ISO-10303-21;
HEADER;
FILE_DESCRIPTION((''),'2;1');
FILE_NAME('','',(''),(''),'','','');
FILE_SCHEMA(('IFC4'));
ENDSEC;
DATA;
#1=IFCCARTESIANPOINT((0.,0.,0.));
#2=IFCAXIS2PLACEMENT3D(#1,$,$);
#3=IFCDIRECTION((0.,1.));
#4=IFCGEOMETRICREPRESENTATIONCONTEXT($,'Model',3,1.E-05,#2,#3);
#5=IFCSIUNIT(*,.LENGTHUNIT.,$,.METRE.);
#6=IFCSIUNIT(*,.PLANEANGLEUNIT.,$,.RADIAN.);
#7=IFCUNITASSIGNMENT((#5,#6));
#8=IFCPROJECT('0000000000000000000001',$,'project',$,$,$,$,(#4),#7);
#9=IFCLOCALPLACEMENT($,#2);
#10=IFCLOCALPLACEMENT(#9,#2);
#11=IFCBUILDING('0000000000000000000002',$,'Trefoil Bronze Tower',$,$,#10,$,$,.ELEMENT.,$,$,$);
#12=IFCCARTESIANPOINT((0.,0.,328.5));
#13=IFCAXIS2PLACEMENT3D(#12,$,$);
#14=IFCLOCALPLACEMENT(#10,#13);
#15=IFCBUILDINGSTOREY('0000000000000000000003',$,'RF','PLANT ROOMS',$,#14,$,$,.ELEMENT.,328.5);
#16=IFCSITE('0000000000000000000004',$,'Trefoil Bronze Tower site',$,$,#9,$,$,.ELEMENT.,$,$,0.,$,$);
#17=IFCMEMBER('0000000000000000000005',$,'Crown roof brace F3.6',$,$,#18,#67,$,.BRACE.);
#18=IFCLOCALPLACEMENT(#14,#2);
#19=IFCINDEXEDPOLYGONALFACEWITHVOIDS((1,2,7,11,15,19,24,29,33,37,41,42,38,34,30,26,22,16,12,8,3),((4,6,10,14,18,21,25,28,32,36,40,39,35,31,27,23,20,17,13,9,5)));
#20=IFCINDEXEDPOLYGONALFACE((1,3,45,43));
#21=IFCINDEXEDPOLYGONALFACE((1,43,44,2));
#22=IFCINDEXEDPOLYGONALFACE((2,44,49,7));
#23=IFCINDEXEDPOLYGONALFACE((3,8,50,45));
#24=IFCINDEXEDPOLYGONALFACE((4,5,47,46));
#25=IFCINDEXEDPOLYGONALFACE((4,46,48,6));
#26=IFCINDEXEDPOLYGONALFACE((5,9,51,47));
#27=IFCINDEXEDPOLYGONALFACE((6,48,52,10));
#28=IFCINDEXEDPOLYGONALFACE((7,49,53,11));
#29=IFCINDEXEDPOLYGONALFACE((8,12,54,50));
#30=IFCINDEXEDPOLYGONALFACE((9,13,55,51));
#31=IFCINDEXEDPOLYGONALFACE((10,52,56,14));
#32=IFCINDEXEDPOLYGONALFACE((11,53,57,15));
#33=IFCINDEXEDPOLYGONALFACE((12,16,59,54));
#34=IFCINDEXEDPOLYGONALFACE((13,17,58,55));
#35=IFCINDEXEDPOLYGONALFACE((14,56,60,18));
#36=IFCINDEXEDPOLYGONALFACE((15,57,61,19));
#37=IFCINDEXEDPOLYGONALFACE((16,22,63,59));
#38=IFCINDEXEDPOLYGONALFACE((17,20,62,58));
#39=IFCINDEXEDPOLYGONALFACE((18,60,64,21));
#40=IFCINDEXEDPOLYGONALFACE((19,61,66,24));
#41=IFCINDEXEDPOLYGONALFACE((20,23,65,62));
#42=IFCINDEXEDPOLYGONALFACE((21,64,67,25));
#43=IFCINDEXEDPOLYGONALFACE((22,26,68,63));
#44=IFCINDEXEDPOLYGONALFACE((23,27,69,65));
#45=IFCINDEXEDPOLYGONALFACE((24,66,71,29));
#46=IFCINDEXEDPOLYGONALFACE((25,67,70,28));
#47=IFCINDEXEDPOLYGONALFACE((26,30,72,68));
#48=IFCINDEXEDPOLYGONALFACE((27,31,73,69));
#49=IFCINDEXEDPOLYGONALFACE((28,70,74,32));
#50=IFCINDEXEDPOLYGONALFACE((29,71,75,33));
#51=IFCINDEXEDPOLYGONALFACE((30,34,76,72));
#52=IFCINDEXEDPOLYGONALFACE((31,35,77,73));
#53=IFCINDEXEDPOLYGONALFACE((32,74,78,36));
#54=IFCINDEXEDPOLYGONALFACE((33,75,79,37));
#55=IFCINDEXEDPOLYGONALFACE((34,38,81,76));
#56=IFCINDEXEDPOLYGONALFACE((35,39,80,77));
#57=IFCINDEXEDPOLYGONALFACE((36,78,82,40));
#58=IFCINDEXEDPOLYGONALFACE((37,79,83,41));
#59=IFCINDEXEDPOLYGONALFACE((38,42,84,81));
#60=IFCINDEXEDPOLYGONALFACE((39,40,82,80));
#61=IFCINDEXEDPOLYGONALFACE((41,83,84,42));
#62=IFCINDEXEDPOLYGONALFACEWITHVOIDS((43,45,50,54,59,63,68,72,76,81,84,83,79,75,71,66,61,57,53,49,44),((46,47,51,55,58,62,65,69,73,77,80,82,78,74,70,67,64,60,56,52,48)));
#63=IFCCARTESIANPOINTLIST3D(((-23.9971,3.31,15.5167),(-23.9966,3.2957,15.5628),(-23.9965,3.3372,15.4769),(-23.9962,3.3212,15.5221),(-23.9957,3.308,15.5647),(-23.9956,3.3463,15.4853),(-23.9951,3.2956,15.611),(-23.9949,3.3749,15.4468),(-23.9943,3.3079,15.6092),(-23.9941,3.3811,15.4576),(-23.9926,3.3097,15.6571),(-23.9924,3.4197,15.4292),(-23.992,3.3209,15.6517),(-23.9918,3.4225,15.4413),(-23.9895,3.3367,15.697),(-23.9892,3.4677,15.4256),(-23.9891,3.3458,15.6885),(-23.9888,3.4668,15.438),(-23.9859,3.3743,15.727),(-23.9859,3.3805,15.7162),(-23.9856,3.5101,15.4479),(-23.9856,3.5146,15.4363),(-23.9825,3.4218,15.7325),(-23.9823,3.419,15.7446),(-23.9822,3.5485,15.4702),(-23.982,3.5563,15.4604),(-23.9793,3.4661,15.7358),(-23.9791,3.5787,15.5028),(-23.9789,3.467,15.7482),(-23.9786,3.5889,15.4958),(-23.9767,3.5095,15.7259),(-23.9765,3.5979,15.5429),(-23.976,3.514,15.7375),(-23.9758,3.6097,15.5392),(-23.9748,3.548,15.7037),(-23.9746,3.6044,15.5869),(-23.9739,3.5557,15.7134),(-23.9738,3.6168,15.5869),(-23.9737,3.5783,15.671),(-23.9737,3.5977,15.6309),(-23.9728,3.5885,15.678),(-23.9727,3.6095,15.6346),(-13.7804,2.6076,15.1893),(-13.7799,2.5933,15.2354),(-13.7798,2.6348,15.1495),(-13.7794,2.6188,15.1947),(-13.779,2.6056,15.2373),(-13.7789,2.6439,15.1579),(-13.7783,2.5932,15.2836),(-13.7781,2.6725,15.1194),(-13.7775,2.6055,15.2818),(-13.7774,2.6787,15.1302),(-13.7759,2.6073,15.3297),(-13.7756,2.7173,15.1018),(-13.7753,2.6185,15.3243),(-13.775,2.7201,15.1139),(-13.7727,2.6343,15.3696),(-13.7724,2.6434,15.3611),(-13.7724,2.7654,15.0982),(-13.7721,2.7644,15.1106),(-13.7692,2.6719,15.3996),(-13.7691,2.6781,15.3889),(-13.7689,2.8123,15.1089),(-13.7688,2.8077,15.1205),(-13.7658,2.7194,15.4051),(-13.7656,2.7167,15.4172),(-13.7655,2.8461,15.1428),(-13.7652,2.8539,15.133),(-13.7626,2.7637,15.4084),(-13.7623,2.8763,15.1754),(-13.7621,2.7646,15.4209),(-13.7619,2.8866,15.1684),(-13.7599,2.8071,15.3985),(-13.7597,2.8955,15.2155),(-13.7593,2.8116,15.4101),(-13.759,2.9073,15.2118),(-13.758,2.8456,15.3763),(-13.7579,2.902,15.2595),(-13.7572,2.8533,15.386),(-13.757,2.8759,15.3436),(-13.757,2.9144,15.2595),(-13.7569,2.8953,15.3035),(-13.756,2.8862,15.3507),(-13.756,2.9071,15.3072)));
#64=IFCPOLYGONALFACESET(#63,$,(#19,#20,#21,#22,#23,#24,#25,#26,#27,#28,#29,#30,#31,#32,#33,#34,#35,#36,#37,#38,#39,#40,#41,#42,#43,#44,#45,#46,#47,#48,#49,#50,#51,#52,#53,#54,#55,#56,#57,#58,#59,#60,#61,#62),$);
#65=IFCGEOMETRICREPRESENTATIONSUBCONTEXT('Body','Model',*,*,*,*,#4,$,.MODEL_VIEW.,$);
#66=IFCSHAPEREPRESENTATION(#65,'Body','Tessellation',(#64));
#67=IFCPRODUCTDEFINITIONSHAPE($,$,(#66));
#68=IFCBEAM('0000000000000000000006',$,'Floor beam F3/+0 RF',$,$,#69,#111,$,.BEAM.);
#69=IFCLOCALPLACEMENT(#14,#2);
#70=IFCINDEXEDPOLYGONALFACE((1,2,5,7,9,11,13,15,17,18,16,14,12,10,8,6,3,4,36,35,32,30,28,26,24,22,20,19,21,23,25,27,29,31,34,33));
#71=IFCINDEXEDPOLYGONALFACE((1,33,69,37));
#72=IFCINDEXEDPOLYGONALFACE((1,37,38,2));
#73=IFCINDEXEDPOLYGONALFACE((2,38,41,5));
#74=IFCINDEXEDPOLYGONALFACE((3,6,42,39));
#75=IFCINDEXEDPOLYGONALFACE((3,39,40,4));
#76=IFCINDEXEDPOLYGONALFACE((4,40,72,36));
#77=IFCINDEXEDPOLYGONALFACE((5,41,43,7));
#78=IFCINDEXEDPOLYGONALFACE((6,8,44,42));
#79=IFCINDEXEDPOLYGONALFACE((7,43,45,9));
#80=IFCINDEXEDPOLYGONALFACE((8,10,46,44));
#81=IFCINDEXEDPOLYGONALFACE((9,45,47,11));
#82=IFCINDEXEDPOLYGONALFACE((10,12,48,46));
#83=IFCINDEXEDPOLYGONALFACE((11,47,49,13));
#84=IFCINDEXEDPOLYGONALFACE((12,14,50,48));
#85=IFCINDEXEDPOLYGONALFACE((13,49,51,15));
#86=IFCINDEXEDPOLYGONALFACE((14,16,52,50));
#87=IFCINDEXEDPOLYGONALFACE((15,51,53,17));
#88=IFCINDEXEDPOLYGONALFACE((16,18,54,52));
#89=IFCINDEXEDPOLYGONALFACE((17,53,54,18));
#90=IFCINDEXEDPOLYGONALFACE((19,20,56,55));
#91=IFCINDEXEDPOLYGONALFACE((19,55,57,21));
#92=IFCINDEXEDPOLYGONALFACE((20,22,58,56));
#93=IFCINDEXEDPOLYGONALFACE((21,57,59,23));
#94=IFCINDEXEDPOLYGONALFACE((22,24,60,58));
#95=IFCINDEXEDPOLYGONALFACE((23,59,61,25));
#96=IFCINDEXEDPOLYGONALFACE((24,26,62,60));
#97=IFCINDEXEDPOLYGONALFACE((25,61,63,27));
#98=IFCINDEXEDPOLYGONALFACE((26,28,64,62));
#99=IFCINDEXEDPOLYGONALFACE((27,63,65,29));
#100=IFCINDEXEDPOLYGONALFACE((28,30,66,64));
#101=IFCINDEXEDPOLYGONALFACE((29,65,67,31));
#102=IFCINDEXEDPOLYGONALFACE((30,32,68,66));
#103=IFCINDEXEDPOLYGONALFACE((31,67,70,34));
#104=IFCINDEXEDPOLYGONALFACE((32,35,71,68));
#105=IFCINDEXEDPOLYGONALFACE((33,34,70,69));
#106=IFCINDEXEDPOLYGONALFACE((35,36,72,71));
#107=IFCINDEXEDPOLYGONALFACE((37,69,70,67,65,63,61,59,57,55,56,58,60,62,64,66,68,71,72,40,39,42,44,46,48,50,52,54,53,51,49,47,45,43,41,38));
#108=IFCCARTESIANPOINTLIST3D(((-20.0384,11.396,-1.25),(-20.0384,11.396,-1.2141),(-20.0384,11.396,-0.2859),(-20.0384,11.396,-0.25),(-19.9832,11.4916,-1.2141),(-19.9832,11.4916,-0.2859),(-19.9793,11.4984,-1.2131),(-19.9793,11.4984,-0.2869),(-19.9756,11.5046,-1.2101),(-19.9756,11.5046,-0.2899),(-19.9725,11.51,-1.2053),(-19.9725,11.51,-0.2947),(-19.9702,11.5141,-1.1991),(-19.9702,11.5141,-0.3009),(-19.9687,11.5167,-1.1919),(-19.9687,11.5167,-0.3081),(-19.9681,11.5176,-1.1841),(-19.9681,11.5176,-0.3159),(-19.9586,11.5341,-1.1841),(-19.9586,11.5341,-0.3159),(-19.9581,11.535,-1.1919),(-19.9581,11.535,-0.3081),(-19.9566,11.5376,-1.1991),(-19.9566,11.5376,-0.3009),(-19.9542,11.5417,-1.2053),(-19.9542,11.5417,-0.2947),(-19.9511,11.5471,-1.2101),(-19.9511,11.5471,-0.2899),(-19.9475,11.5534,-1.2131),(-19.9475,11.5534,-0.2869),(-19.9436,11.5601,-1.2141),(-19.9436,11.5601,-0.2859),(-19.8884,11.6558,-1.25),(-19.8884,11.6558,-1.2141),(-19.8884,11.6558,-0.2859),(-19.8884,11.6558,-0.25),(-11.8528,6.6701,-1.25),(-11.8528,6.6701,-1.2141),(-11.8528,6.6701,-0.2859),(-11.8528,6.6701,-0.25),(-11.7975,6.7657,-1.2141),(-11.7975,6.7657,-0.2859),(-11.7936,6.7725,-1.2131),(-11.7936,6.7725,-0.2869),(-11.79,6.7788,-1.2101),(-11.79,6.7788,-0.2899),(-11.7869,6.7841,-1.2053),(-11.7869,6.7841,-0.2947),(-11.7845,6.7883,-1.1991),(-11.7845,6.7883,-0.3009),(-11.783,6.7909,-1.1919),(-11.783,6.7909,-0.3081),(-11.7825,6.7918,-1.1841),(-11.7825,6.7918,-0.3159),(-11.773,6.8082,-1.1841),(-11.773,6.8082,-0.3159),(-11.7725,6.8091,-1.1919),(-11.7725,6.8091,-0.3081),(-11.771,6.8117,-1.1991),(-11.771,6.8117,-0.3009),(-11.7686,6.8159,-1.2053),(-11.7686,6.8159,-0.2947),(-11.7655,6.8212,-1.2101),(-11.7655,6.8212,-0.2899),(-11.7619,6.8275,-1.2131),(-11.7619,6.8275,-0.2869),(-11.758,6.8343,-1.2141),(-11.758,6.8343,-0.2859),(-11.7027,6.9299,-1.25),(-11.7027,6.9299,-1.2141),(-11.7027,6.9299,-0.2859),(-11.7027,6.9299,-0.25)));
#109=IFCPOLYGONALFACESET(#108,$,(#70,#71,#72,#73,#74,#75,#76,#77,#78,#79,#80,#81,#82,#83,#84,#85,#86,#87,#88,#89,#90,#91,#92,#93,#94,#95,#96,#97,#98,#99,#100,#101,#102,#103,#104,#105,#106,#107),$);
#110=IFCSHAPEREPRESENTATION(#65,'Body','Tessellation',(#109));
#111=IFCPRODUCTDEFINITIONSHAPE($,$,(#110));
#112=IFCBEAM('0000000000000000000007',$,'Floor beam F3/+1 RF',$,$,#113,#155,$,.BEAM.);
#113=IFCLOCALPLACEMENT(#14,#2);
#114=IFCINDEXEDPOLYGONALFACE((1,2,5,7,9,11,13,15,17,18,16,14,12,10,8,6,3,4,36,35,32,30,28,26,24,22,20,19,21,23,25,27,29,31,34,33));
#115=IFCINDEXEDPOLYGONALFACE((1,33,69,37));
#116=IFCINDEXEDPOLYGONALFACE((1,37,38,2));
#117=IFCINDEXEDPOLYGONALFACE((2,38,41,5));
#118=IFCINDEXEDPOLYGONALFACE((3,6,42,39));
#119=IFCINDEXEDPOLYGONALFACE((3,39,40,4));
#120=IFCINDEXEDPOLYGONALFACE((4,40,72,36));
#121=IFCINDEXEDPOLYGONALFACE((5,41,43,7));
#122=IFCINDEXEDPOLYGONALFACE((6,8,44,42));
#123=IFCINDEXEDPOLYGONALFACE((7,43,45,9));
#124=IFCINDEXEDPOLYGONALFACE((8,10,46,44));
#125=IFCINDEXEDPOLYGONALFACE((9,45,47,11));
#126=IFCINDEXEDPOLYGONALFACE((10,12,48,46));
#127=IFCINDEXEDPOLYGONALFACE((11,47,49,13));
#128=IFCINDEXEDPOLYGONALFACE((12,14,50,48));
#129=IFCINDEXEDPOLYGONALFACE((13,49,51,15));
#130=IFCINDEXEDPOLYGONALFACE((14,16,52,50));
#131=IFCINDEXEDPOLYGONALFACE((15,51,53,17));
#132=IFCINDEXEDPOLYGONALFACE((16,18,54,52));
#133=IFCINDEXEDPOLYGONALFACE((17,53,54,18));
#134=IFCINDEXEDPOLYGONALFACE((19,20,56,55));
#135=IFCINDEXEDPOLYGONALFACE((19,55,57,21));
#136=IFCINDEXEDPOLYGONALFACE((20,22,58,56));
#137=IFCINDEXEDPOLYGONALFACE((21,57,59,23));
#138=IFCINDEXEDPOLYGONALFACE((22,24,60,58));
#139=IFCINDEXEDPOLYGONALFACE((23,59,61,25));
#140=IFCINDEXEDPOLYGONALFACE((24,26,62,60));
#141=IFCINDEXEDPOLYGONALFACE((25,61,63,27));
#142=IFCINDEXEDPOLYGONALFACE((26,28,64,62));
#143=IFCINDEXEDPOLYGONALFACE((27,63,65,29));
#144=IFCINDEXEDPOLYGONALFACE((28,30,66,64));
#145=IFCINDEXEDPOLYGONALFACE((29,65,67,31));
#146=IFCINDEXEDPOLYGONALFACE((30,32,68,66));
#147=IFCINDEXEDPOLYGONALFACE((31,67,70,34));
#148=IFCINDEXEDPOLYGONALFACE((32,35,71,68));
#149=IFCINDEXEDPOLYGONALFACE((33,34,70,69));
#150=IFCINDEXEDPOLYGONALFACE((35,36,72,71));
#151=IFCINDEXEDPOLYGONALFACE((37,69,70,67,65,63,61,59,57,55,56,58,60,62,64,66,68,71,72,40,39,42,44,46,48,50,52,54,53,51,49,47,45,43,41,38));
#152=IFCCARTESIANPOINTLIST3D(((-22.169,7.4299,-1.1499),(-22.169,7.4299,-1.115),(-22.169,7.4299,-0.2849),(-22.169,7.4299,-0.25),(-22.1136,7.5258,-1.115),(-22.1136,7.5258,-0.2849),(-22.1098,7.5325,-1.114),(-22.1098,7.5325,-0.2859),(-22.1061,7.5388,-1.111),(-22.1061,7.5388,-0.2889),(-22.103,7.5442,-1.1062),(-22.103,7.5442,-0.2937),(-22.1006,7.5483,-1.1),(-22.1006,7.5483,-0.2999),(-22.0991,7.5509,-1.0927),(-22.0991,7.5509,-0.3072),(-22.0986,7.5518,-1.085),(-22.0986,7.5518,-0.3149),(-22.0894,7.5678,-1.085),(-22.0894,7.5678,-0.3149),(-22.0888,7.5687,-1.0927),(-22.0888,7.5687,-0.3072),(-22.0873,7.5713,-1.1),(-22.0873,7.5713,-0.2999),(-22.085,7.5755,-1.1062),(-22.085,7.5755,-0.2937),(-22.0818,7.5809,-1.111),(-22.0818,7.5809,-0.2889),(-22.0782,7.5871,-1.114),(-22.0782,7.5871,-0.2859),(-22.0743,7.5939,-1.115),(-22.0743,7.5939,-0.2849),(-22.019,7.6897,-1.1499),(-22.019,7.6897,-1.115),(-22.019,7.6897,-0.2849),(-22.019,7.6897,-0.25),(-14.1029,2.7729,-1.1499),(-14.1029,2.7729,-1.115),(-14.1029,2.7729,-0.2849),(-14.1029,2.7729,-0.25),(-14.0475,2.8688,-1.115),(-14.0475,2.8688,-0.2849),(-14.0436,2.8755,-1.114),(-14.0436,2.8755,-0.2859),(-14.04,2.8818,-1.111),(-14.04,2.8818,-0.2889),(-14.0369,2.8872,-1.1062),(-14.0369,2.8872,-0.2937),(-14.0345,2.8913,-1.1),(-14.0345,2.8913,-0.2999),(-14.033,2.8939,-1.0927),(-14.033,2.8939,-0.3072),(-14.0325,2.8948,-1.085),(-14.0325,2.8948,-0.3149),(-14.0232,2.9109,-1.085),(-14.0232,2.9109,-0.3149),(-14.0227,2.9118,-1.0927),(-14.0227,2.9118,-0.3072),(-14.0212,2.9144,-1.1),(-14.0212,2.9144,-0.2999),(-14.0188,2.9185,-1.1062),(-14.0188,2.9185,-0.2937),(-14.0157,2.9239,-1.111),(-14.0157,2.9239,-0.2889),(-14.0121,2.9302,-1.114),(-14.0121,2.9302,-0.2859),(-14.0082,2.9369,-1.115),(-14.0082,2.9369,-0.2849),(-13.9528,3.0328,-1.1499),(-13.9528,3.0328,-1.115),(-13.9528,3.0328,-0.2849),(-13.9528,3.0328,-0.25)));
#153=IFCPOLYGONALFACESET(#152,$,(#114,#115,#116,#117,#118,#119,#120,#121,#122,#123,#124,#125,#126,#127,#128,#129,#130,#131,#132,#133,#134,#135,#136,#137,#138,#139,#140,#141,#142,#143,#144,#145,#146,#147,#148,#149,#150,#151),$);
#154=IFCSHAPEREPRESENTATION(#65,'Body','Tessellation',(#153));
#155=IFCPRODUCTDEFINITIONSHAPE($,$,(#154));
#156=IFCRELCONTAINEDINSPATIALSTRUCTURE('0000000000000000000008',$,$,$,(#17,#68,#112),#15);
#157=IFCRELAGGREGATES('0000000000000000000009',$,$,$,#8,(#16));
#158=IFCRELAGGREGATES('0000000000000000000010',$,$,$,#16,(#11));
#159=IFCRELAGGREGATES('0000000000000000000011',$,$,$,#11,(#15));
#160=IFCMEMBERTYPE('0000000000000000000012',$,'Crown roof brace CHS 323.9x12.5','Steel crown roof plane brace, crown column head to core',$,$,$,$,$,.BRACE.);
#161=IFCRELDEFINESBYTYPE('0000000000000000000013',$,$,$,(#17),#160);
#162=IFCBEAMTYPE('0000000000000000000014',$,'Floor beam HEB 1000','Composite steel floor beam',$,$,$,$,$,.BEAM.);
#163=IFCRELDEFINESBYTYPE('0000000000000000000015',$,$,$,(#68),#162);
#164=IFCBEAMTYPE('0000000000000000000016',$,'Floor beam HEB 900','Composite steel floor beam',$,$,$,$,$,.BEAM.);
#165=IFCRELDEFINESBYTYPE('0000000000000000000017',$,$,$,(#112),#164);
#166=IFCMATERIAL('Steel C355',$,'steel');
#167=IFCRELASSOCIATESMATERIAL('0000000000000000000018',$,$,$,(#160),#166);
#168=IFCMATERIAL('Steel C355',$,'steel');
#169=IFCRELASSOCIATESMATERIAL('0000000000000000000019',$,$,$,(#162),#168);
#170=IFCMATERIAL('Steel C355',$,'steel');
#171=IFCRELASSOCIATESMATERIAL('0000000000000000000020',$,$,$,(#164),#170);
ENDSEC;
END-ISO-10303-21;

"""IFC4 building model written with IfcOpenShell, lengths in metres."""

from ifc_helpers import new_model, si_unit, direction, frame, origin, origin_2d, place, context, subcontext, project, spatial, hollow_circle, i_section, extrude, material, material_profile, profile_set, type_object, element, save


model = new_model("IFC4")

# Units and contexts
model_context = context("Model", 3, precision=1e-05, world=origin(), true_north=direction((0.0, 1.0)))
body_context = subcontext(model_context, "Body", "Model", "MODEL_VIEW")
ifc_project = project(units=[si_unit("LENGTHUNIT", "METRE"), si_unit("PLANEANGLEUNIT", "RADIAN")], contexts=[model_context])

# Site, building, storey
site_placement = place(None, origin())
site = spatial("IfcSite", under=ifc_project, at=site_placement, Name="Trefoil Bronze Tower site", CompositionType="ELEMENT", RefElevation=0.0)
building_placement = place(site_placement, origin())
building = spatial("IfcBuilding", under=site, at=building_placement, Name="Trefoil Bronze Tower", CompositionType="ELEMENT")
storey_placement = place(building_placement, frame((0.0, 0.0, 328.5)))
storey = spatial("IfcBuildingStorey", under=building, at=storey_placement, Name="RF", Description="PLANT ROOMS", CompositionType="ELEMENT", Elevation=328.5)

# Member
ifc_material_1 = material(Name="Steel C355", Category="steel")
ifc_material_profile_1 = material_profile(ifc_material_1, hollow_circle(Radius=0.1619, WallThickness=0.0125, at=origin_2d()), Name="CHS 323.9x12.5")
ifc_profile_set_1 = profile_set([ifc_material_profile_1], Name="Steel C355")
member_type = type_object("IfcMemberType", Name="Crown roof brace CHS 323.9x12.5", Description="Steel crown roof plane brace, crown column head to core", PredefinedType="BRACE", material=ifc_profile_set_1)
member_1_placement = place(storey_placement, frame((-23.9849, 3.4553, 15.5869), z_axis=(0.997136, -0.068552, -0.031953), x_axis=(0.068587, 0.997645, 0.0)))
element("IfcMember", 1, at=member_1_placement, inside=storey, type_object=member_type, Name="Crown roof brace F3.6", PredefinedType="BRACE", context=body_context, shape_type="SweptSolid", body=[
    extrude(hollow_circle(Radius=0.1619, WallThickness=0.0125, at=origin_2d()), origin(), (0.0, 0.0, 1.0), 10.2461),
])

# Beams
ifc_material_2 = material(Name="Steel C355", Category="steel")
ifc_material_profile_2 = material_profile(ifc_material_2, i_section(OverallWidth=0.3, OverallDepth=1.0, WebThickness=0.019, FlangeThickness=0.0359, FilletRadius=0.03, at=origin_2d()), Name="HEB 1000")
ifc_profile_set_2 = profile_set([ifc_material_profile_2], Name="Steel C355")
beam_type_1 = type_object("IfcBeamType", Name="Floor beam HEB 1000", Description="Composite steel floor beam", PredefinedType="BEAM", material=ifc_profile_set_2)
beam_1_placement = place(storey_placement, frame((-19.9634, 11.5259, -0.75), z_axis=(0.86603, -0.499992, 0.0), x_axis=(0.499992, 0.86603, 0.0)))
element("IfcBeam", 2, at=beam_1_placement, inside=storey, type_object=beam_type_1, Name="Floor beam F3/+0 RF", PredefinedType="BEAM", context=body_context, shape_type="SweptSolid", body=[
    extrude(i_section(OverallWidth=0.3, OverallDepth=1.0, WebThickness=0.019, FlangeThickness=0.0359, FilletRadius=0.03, at=origin_2d()), origin(), (0.0, 0.0, 1.0), 9.4519),
])
ifc_material_3 = material(Name="Steel C355", Category="steel")
ifc_material_profile_3 = material_profile(ifc_material_3, i_section(OverallWidth=0.3, OverallDepth=0.8999, WebThickness=0.0186, FlangeThickness=0.0349, FilletRadius=0.03, at=origin_2d()), Name="HEB 900")
ifc_profile_set_3 = profile_set([ifc_material_profile_3], Name="Steel C355")
beam_type_2 = type_object("IfcBeamType", Name="Floor beam HEB 900", Description="Composite steel floor beam", PredefinedType="BEAM", material=ifc_profile_set_3)
beam_2_placement = place(storey_placement, frame((-22.094, 7.5598, -0.7), z_axis=(0.866026, -0.499999, 0.0), x_axis=(0.499999, 0.866026, 0.0)))
element("IfcBeam", 3, at=beam_2_placement, inside=storey, type_object=beam_type_2, Name="Floor beam F3/+1 RF", PredefinedType="BEAM", context=body_context, shape_type="SweptSolid", body=[
    extrude(i_section(OverallWidth=0.3, OverallDepth=0.8999, WebThickness=0.0186, FlangeThickness=0.0349, FilletRadius=0.03, at=origin_2d()), origin(), (0.0, 0.0, 1.0), 9.314),
])

save(model, "model.ifc")
